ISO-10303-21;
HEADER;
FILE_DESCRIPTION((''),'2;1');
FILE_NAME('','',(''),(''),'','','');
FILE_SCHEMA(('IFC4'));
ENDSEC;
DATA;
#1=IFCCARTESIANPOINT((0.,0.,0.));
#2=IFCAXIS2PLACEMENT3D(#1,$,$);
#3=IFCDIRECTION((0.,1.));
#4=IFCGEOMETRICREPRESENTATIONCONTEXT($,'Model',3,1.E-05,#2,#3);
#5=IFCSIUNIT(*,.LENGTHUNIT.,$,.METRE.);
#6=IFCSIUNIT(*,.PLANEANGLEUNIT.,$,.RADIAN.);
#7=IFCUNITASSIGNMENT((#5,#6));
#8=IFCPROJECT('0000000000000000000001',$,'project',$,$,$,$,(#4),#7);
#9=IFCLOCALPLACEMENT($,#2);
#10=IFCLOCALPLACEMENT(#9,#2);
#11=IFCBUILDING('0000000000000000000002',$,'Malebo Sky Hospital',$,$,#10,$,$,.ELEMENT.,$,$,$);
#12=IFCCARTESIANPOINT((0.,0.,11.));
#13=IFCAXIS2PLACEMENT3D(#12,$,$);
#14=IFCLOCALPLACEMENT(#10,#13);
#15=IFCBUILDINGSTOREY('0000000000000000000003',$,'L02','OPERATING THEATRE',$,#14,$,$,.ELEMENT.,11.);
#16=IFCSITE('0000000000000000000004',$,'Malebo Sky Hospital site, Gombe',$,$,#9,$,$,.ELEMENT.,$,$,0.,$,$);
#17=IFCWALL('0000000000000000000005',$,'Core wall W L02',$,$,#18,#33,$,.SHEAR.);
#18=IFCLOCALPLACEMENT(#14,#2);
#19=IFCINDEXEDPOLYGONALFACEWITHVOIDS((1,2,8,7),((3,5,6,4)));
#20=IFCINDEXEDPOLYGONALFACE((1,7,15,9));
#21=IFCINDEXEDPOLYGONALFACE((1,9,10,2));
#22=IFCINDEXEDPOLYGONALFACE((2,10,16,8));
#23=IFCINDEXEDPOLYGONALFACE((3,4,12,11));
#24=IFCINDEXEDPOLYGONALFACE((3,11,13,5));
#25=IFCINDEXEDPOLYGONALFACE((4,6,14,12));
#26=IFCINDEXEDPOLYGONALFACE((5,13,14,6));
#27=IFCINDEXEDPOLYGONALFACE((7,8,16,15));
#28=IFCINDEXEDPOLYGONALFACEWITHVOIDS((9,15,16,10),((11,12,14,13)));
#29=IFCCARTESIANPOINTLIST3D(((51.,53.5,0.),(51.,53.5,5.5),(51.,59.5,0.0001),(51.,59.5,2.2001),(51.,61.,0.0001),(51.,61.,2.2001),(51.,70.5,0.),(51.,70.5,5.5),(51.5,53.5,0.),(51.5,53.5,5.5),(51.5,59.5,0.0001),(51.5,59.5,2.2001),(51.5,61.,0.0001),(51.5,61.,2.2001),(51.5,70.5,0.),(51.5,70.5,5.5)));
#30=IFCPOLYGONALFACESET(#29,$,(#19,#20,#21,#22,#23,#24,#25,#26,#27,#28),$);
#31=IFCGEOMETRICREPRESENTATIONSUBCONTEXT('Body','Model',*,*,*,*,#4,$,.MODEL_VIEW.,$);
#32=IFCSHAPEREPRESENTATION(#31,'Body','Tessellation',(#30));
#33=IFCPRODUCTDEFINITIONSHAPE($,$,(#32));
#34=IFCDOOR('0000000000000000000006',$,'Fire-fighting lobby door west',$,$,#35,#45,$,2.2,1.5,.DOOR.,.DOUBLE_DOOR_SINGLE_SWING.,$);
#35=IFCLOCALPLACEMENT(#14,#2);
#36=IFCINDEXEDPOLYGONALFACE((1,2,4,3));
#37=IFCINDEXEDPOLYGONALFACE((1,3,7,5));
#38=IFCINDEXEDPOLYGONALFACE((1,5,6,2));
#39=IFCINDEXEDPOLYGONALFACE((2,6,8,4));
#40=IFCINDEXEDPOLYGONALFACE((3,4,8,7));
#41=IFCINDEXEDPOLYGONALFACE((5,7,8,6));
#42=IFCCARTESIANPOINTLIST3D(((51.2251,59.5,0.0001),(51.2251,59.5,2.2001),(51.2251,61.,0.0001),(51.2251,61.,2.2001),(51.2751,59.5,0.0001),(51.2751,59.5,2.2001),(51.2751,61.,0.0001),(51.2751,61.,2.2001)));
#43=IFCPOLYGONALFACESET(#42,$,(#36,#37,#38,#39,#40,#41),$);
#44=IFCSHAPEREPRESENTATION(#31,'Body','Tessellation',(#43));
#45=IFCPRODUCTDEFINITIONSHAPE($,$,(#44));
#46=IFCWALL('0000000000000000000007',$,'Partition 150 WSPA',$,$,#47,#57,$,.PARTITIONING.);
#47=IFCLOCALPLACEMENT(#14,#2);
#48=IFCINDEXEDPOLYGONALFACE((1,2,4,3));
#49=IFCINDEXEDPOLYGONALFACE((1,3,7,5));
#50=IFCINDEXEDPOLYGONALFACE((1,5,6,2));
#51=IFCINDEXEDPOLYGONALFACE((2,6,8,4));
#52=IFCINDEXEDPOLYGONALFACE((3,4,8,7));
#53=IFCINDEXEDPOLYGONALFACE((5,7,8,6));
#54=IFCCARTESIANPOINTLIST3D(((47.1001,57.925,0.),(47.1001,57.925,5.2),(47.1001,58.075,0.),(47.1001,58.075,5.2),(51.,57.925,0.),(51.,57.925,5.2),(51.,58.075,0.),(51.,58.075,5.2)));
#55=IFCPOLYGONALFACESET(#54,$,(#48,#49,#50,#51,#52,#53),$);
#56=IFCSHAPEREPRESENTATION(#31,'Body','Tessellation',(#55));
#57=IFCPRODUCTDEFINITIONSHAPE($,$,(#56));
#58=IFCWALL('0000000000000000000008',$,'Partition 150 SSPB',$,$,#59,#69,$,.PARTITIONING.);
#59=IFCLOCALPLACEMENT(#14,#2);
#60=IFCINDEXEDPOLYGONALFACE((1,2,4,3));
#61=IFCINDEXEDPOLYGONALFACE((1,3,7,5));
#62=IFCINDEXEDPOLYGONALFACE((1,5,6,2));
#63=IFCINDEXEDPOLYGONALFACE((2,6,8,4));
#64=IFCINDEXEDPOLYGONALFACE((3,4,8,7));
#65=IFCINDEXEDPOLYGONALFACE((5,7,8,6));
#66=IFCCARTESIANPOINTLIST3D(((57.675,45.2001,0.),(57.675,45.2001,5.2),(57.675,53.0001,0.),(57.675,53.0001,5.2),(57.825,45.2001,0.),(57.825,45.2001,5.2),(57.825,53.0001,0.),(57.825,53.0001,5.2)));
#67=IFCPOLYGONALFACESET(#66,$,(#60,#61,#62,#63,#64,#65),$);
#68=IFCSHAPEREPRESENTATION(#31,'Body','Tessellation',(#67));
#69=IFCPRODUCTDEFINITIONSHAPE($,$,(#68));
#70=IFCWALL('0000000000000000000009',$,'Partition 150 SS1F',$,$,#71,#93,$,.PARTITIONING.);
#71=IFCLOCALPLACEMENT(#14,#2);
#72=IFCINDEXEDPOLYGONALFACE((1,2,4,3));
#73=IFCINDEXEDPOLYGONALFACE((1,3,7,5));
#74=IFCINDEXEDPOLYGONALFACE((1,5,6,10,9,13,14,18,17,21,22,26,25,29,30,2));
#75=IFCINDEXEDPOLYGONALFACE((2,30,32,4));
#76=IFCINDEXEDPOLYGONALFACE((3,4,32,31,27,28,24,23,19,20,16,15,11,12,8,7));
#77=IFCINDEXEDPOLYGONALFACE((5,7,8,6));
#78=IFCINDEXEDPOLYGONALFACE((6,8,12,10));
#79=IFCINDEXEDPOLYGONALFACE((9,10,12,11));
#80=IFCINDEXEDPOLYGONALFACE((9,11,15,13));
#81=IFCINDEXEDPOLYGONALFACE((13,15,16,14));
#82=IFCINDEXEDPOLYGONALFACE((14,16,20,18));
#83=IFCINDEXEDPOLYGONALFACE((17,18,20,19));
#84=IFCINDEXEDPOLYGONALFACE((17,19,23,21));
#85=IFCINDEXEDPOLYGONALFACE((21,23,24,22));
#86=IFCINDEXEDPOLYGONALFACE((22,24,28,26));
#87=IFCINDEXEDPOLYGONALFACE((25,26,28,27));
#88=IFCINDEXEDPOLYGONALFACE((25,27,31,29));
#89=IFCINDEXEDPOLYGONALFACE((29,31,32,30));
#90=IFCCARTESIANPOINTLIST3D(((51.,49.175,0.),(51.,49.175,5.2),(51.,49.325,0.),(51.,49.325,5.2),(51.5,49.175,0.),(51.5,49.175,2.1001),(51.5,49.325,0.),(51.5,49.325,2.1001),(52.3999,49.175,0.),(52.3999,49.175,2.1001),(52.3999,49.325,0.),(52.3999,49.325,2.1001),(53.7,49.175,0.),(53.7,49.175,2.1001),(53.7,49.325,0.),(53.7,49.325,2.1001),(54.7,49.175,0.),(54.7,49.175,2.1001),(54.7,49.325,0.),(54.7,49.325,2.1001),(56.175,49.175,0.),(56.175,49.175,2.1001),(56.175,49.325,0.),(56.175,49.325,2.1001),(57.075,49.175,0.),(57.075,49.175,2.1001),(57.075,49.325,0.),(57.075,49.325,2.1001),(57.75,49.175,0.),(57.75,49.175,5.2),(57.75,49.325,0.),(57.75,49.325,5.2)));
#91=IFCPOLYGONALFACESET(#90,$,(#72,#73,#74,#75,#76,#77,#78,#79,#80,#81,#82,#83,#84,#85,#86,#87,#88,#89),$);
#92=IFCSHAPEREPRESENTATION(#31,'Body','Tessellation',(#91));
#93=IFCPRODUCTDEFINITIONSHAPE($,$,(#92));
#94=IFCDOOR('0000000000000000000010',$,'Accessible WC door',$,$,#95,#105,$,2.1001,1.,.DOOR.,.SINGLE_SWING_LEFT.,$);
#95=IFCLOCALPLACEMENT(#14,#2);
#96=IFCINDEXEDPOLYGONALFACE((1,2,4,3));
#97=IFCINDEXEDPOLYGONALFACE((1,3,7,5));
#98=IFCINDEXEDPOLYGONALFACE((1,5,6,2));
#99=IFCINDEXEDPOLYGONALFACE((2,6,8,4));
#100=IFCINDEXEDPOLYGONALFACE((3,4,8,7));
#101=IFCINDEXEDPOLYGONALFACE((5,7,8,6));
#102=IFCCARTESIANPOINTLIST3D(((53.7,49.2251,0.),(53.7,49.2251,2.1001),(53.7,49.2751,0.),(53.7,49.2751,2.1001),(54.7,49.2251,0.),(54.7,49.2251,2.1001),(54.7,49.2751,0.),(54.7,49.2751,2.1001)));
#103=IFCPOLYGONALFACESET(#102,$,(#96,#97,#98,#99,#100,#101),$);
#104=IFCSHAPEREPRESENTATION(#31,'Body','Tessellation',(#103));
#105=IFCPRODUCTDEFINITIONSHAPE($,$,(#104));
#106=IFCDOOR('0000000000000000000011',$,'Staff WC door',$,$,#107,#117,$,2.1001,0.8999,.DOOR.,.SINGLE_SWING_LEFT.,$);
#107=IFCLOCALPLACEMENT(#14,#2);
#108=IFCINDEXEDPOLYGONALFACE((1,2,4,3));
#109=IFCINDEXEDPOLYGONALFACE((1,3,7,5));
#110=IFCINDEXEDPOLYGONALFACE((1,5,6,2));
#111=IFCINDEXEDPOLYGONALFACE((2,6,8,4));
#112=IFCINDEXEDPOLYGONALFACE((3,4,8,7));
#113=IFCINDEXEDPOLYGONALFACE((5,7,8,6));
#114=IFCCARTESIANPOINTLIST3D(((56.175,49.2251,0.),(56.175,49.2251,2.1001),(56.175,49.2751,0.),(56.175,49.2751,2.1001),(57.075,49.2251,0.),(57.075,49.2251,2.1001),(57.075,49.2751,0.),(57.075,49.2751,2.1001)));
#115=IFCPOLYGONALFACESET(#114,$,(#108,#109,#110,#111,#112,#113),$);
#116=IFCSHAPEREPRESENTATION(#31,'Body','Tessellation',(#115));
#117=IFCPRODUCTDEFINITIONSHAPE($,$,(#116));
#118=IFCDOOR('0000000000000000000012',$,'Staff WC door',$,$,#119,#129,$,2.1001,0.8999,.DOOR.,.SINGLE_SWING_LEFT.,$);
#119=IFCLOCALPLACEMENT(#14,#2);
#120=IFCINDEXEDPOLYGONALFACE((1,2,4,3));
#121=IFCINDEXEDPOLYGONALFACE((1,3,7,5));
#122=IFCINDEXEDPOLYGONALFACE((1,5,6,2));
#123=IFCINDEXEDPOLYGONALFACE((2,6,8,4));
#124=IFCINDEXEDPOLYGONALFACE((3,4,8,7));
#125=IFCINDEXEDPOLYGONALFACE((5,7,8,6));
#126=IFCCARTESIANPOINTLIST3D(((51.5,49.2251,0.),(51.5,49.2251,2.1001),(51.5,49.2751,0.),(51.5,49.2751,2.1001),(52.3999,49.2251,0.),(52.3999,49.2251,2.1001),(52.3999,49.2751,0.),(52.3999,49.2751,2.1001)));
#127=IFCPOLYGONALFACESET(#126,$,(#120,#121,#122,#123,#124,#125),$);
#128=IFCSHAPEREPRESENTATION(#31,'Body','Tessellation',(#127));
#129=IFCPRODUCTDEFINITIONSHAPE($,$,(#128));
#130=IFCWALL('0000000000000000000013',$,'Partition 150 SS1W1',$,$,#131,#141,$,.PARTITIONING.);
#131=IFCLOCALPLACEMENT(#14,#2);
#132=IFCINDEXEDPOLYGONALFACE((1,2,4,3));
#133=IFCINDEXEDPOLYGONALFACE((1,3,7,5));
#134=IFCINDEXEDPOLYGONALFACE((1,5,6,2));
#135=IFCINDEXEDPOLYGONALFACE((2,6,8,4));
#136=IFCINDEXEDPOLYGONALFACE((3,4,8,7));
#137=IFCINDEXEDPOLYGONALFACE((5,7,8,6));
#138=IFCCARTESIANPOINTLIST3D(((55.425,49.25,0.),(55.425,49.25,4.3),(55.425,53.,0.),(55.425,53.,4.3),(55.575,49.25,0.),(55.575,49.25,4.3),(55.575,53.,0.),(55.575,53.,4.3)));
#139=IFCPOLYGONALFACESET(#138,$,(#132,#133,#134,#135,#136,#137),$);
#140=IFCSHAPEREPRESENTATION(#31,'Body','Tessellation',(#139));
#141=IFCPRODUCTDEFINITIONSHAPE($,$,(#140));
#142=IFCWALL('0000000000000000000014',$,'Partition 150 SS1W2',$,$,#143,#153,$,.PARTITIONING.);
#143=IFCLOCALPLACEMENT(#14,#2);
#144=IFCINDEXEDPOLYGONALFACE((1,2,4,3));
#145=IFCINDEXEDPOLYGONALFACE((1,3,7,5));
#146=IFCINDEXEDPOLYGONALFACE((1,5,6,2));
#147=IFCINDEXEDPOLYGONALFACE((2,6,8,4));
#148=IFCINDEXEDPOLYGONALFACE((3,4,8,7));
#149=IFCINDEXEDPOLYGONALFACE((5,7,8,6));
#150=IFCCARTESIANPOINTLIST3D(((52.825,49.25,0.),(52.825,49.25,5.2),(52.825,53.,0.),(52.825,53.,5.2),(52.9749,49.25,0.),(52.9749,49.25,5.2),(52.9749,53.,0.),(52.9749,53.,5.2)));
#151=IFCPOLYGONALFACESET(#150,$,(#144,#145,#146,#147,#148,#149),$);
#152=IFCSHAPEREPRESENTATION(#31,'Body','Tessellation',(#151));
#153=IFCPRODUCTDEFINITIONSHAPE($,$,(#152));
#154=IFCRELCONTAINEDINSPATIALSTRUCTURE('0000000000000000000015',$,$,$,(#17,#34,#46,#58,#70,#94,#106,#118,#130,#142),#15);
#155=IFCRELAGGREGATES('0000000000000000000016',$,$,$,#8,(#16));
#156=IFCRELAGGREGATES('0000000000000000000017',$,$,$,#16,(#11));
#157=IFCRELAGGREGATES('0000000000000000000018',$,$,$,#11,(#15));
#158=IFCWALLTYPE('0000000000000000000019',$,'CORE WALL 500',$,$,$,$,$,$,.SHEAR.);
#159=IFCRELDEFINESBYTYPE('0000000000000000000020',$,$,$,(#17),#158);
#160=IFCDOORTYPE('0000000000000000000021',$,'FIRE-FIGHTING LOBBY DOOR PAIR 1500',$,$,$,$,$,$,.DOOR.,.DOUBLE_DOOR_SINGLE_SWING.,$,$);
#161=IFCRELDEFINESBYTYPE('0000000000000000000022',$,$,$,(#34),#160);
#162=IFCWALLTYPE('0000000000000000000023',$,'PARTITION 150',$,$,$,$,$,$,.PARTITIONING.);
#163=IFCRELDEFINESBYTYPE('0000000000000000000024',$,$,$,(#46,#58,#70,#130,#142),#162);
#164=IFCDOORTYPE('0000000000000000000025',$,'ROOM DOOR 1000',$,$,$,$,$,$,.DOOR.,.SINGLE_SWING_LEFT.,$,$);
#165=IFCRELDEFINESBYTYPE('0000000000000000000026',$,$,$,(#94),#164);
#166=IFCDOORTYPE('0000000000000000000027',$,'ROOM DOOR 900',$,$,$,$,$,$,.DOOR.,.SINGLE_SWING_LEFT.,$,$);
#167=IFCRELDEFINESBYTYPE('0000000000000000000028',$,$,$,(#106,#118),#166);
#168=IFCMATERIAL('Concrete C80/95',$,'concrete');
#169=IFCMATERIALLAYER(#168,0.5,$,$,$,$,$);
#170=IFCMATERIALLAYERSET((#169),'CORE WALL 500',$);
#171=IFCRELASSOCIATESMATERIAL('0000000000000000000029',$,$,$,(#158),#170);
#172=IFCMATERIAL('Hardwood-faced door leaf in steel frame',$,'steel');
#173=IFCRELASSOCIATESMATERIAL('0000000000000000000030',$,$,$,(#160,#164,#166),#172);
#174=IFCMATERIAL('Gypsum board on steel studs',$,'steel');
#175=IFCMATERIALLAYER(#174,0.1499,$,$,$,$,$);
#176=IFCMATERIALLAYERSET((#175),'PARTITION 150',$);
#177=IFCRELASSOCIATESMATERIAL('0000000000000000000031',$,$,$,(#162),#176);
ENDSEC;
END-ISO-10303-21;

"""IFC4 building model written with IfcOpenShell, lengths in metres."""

from ifc_helpers import new_model, si_unit, direction, frame, frame_2d, origin, place, context, subcontext, project, spatial, rectangle, extrude, material, layer, layer_set, type_object, element, fill, save


model = new_model("IFC4")

# Units and contexts
model_context = context("Model", 3, precision=1e-05, world=origin(), true_north=direction((0.0, 1.0)))
body_context = subcontext(model_context, "Body", "Model", "MODEL_VIEW")
ifc_project = project(units=[si_unit("LENGTHUNIT", "METRE"), si_unit("PLANEANGLEUNIT", "RADIAN")], contexts=[model_context])

# Site, building, storey
site_placement = place(None, origin())
site = spatial("IfcSite", under=ifc_project, at=site_placement, Name="Malebo Sky Hospital site, Gombe", CompositionType="ELEMENT", RefElevation=0.0)
building_placement = place(site_placement, origin())
building = spatial("IfcBuilding", under=site, at=building_placement, Name="Malebo Sky Hospital", CompositionType="ELEMENT")
storey_placement = place(building_placement, frame((0.0, 0.0, 11.0)))
storey = spatial("IfcBuildingStorey", under=building, at=storey_placement, Name="L02", Description="OPERATING THEATRE", CompositionType="ELEMENT", Elevation=11.0)

# Shared definitions
ifc_material_1 = material(Name="Concrete C80/95", Category="concrete")

# Wall, opening, door
ifc_layer_1 = layer(ifc_material_1, 0.5)
ifc_layer_set_1 = layer_set([ifc_layer_1], Name="CORE WALL 500")
wall_type_1 = type_object("IfcWallType", Name="CORE WALL 500", PredefinedType="SHEAR", material=ifc_layer_set_1)
wall_1_placement = place(storey_placement, frame((51.25, 53.5, 0.0), z_axis=(0.0, 0.0, 1.0), x_axis=(0.0, 1.0, 0.0)))
wall_1 = element("IfcWall", 1, at=wall_1_placement, inside=storey, type_object=wall_type_1, Name="Core wall W L02", PredefinedType="SHEAR", context=body_context, shape_type="SweptSolid", body=[
    extrude(rectangle(XDim=17.0, YDim=0.5, at=frame_2d((8.5, 0.0))), origin(), (0.0, 0.0, 1.0), 5.5),
])
opening_1_placement = place(wall_1_placement, frame((6.0, 0.0, 0.0)))
opening_1 = element("IfcOpeningElement", 2, at=opening_1_placement, cuts=wall_1, PredefinedType="OPENING", context=body_context, shape_type="SweptSolid", body=[
    extrude(rectangle(XDim=1.5, YDim=2.2, at=frame_2d((0.75, 1.1001))), frame((0.0, 0.26, 0.0), z_axis=(0.0, -1.0, 0.0), x_axis=(1.0, 0.0, 0.0)), (0.0, 0.0, 1.0), 0.52),
])
ifc_material_2 = material(Name="Hardwood-faced door leaf in steel frame", Category="steel")
door_type_1 = type_object("IfcDoorType", Name="FIRE-FIGHTING LOBBY DOOR PAIR 1500", OperationType="DOUBLE_DOOR_SINGLE_SWING", PredefinedType="DOOR", material=ifc_material_2)
door_1_placement = place(opening_1_placement, origin())
door_1 = element("IfcDoor", 3, at=door_1_placement, inside=storey, type_object=door_type_1, Name="Fire-fighting lobby door west", OperationType="DOUBLE_DOOR_SINGLE_SWING", OverallHeight=2.2, OverallWidth=1.5, PredefinedType="DOOR", context=body_context, shape_type="SweptSolid", body=[
    extrude(rectangle(XDim=1.5, YDim=2.2, at=frame_2d((0.75, 1.1001))), frame((0.0, 0.0249, 0.0), z_axis=(0.0, -1.0, 0.0), x_axis=(1.0, 0.0, 0.0)), (0.0, 0.0, 1.0), 0.05),
])
fill(opening_1, door_1)

# Walls
ifc_material_3 = material(Name="Gypsum board on steel studs", Category="steel")
ifc_layer_2 = layer(ifc_material_3, 0.1499)
ifc_layer_set_2 = layer_set([ifc_layer_2], Name="PARTITION 150")
wall_type_2 = type_object("IfcWallType", Name="PARTITION 150", PredefinedType="PARTITIONING", material=ifc_layer_set_2)
wall_2_placement = place(storey_placement, frame((51.0, 58.0, 0.0), z_axis=(0.0, 0.0, 1.0), x_axis=(-1.0, 0.0, 0.0)))
element("IfcWall", 4, at=wall_2_placement, inside=storey, type_object=wall_type_2, Name="Partition 150 WSPA", PredefinedType="PARTITIONING", context=body_context, shape_type="SweptSolid", body=[
    extrude(rectangle(XDim=3.8999, YDim=0.1499, at=frame_2d((1.95, 0.0))), origin(), (0.0, 0.0, 1.0), 5.2),
])
wall_3_placement = place(storey_placement, frame((57.75, 53.0, 0.0), z_axis=(0.0, 0.0, 1.0), x_axis=(0.0, -1.0, 0.0)))
element("IfcWall", 5, at=wall_3_placement, inside=storey, type_object=wall_type_2, Name="Partition 150 SSPB", PredefinedType="PARTITIONING", context=body_context, shape_type="SweptSolid", body=[
    extrude(rectangle(XDim=7.8, YDim=0.1499, at=frame_2d((3.8999, 0.0))), origin(), (0.0, 0.0, 1.0), 5.2),
])

# Wall, openings, doors
wall_4_placement = place(storey_placement, frame((57.75, 49.25, 0.0), z_axis=(0.0, 0.0, 1.0), x_axis=(-1.0, 0.0, 0.0)))
wall_4 = element("IfcWall", 6, at=wall_4_placement, inside=storey, type_object=wall_type_2, Name="Partition 150 SS1F", PredefinedType="PARTITIONING", context=body_context, shape_type="SweptSolid", body=[
    extrude(rectangle(XDim=6.75, YDim=0.1499, at=frame_2d((3.375, 0.0))), origin(), (0.0, 0.0, 1.0), 5.2),
])
opening_2_placement = place(wall_4_placement, frame((0.675, 0.0, 0.0)))
opening_2 = element("IfcOpeningElement", 7, at=opening_2_placement, cuts=wall_4, PredefinedType="OPENING", context=body_context, shape_type="SweptSolid", body=[
    extrude(rectangle(XDim=0.8999, YDim=2.1001, at=frame_2d((0.45, 1.05))), frame((0.0, 0.085, 0.0), z_axis=(0.0, -1.0, 0.0), x_axis=(1.0, 0.0, 0.0)), (0.0, 0.0, 1.0), 0.1699),
])
opening_3_placement = place(wall_4_placement, frame((3.05, 0.0, 0.0)))
opening_3 = element("IfcOpeningElement", 8, at=opening_3_placement, cuts=wall_4, PredefinedType="OPENING", context=body_context, shape_type="SweptSolid", body=[
    extrude(rectangle(XDim=1.0, YDim=2.1001, at=frame_2d((0.5, 1.05))), frame((0.0, 0.085, 0.0), z_axis=(0.0, -1.0, 0.0), x_axis=(1.0, 0.0, 0.0)), (0.0, 0.0, 1.0), 0.1699),
])
opening_4_placement = place(wall_4_placement, frame((5.3501, 0.0, 0.0)))
opening_4 = element("IfcOpeningElement", 9, at=opening_4_placement, cuts=wall_4, PredefinedType="OPENING", context=body_context, shape_type="SweptSolid", body=[
    extrude(rectangle(XDim=0.8999, YDim=2.1001, at=frame_2d((0.45, 1.05))), frame((0.0, 0.085, 0.0), z_axis=(0.0, -1.0, 0.0), x_axis=(1.0, 0.0, 0.0)), (0.0, 0.0, 1.0), 0.1699),
])
door_type_2 = type_object("IfcDoorType", Name="ROOM DOOR 1000", OperationType="SINGLE_SWING_LEFT", PredefinedType="DOOR", material=ifc_material_2)
door_2_placement = place(opening_3_placement, origin())
door_2 = element("IfcDoor", 10, at=door_2_placement, inside=storey, type_object=door_type_2, Name="Accessible WC door", OperationType="SINGLE_SWING_LEFT", OverallHeight=2.1001, OverallWidth=1.0, PredefinedType="DOOR", context=body_context, shape_type="SweptSolid", body=[
    extrude(rectangle(XDim=1.0, YDim=2.1001, at=frame_2d((0.5, 1.05))), frame((0.0, 0.0249, 0.0), z_axis=(0.0, -1.0, 0.0), x_axis=(1.0, 0.0, 0.0)), (0.0, 0.0, 1.0), 0.05),
])
fill(opening_3, door_2)
door_type_3 = type_object("IfcDoorType", Name="ROOM DOOR 900", OperationType="SINGLE_SWING_LEFT", PredefinedType="DOOR", material=ifc_material_2)
door_3_placement = place(opening_2_placement, origin())
door_3 = element("IfcDoor", 11, at=door_3_placement, inside=storey, type_object=door_type_3, Name="Staff WC door", OperationType="SINGLE_SWING_LEFT", OverallHeight=2.1001, OverallWidth=0.8999, PredefinedType="DOOR", context=body_context, shape_type="SweptSolid", body=[
    extrude(rectangle(XDim=0.8999, YDim=2.1001, at=frame_2d((0.45, 1.05))), frame((0.0, 0.0249, 0.0), z_axis=(0.0, -1.0, 0.0), x_axis=(1.0, 0.0, 0.0)), (0.0, 0.0, 1.0), 0.05),
])
fill(opening_2, door_3)
door_4_placement = place(opening_4_placement, origin())
door_4 = element("IfcDoor", 12, at=door_4_placement, inside=storey, type_object=door_type_3, Name="Staff WC door", OperationType="SINGLE_SWING_LEFT", OverallHeight=2.1001, OverallWidth=0.8999, PredefinedType="DOOR", context=body_context, shape_type="SweptSolid", body=[
    extrude(rectangle(XDim=0.8999, YDim=2.1001, at=frame_2d((0.45, 1.05))), frame((0.0, 0.0249, 0.0), z_axis=(0.0, -1.0, 0.0), x_axis=(1.0, 0.0, 0.0)), (0.0, 0.0, 1.0), 0.05),
])
fill(opening_4, door_4)

# Walls
wall_5_placement = place(storey_placement, frame((55.5, 53.0, 0.0), z_axis=(0.0, 0.0, 1.0), x_axis=(0.0, -1.0, 0.0)))
element("IfcWall", 13, at=wall_5_placement, inside=storey, type_object=wall_type_2, Name="Partition 150 SS1W1", PredefinedType="PARTITIONING", context=body_context, shape_type="SweptSolid", body=[
    extrude(rectangle(XDim=3.75, YDim=0.1499, at=frame_2d((1.875, 0.0))), origin(), (0.0, 0.0, 1.0), 4.3),
])
wall_6_placement = place(storey_placement, frame((52.8999, 53.0, 0.0), z_axis=(0.0, 0.0, 1.0), x_axis=(0.0, -1.0, 0.0)))
element("IfcWall", 14, at=wall_6_placement, inside=storey, type_object=wall_type_2, Name="Partition 150 SS1W2", PredefinedType="PARTITIONING", context=body_context, shape_type="SweptSolid", body=[
    extrude(rectangle(XDim=3.75, YDim=0.1499, at=frame_2d((1.875, 0.0))), origin(), (0.0, 0.0, 1.0), 5.2),
])

save(model, "model.ifc")
